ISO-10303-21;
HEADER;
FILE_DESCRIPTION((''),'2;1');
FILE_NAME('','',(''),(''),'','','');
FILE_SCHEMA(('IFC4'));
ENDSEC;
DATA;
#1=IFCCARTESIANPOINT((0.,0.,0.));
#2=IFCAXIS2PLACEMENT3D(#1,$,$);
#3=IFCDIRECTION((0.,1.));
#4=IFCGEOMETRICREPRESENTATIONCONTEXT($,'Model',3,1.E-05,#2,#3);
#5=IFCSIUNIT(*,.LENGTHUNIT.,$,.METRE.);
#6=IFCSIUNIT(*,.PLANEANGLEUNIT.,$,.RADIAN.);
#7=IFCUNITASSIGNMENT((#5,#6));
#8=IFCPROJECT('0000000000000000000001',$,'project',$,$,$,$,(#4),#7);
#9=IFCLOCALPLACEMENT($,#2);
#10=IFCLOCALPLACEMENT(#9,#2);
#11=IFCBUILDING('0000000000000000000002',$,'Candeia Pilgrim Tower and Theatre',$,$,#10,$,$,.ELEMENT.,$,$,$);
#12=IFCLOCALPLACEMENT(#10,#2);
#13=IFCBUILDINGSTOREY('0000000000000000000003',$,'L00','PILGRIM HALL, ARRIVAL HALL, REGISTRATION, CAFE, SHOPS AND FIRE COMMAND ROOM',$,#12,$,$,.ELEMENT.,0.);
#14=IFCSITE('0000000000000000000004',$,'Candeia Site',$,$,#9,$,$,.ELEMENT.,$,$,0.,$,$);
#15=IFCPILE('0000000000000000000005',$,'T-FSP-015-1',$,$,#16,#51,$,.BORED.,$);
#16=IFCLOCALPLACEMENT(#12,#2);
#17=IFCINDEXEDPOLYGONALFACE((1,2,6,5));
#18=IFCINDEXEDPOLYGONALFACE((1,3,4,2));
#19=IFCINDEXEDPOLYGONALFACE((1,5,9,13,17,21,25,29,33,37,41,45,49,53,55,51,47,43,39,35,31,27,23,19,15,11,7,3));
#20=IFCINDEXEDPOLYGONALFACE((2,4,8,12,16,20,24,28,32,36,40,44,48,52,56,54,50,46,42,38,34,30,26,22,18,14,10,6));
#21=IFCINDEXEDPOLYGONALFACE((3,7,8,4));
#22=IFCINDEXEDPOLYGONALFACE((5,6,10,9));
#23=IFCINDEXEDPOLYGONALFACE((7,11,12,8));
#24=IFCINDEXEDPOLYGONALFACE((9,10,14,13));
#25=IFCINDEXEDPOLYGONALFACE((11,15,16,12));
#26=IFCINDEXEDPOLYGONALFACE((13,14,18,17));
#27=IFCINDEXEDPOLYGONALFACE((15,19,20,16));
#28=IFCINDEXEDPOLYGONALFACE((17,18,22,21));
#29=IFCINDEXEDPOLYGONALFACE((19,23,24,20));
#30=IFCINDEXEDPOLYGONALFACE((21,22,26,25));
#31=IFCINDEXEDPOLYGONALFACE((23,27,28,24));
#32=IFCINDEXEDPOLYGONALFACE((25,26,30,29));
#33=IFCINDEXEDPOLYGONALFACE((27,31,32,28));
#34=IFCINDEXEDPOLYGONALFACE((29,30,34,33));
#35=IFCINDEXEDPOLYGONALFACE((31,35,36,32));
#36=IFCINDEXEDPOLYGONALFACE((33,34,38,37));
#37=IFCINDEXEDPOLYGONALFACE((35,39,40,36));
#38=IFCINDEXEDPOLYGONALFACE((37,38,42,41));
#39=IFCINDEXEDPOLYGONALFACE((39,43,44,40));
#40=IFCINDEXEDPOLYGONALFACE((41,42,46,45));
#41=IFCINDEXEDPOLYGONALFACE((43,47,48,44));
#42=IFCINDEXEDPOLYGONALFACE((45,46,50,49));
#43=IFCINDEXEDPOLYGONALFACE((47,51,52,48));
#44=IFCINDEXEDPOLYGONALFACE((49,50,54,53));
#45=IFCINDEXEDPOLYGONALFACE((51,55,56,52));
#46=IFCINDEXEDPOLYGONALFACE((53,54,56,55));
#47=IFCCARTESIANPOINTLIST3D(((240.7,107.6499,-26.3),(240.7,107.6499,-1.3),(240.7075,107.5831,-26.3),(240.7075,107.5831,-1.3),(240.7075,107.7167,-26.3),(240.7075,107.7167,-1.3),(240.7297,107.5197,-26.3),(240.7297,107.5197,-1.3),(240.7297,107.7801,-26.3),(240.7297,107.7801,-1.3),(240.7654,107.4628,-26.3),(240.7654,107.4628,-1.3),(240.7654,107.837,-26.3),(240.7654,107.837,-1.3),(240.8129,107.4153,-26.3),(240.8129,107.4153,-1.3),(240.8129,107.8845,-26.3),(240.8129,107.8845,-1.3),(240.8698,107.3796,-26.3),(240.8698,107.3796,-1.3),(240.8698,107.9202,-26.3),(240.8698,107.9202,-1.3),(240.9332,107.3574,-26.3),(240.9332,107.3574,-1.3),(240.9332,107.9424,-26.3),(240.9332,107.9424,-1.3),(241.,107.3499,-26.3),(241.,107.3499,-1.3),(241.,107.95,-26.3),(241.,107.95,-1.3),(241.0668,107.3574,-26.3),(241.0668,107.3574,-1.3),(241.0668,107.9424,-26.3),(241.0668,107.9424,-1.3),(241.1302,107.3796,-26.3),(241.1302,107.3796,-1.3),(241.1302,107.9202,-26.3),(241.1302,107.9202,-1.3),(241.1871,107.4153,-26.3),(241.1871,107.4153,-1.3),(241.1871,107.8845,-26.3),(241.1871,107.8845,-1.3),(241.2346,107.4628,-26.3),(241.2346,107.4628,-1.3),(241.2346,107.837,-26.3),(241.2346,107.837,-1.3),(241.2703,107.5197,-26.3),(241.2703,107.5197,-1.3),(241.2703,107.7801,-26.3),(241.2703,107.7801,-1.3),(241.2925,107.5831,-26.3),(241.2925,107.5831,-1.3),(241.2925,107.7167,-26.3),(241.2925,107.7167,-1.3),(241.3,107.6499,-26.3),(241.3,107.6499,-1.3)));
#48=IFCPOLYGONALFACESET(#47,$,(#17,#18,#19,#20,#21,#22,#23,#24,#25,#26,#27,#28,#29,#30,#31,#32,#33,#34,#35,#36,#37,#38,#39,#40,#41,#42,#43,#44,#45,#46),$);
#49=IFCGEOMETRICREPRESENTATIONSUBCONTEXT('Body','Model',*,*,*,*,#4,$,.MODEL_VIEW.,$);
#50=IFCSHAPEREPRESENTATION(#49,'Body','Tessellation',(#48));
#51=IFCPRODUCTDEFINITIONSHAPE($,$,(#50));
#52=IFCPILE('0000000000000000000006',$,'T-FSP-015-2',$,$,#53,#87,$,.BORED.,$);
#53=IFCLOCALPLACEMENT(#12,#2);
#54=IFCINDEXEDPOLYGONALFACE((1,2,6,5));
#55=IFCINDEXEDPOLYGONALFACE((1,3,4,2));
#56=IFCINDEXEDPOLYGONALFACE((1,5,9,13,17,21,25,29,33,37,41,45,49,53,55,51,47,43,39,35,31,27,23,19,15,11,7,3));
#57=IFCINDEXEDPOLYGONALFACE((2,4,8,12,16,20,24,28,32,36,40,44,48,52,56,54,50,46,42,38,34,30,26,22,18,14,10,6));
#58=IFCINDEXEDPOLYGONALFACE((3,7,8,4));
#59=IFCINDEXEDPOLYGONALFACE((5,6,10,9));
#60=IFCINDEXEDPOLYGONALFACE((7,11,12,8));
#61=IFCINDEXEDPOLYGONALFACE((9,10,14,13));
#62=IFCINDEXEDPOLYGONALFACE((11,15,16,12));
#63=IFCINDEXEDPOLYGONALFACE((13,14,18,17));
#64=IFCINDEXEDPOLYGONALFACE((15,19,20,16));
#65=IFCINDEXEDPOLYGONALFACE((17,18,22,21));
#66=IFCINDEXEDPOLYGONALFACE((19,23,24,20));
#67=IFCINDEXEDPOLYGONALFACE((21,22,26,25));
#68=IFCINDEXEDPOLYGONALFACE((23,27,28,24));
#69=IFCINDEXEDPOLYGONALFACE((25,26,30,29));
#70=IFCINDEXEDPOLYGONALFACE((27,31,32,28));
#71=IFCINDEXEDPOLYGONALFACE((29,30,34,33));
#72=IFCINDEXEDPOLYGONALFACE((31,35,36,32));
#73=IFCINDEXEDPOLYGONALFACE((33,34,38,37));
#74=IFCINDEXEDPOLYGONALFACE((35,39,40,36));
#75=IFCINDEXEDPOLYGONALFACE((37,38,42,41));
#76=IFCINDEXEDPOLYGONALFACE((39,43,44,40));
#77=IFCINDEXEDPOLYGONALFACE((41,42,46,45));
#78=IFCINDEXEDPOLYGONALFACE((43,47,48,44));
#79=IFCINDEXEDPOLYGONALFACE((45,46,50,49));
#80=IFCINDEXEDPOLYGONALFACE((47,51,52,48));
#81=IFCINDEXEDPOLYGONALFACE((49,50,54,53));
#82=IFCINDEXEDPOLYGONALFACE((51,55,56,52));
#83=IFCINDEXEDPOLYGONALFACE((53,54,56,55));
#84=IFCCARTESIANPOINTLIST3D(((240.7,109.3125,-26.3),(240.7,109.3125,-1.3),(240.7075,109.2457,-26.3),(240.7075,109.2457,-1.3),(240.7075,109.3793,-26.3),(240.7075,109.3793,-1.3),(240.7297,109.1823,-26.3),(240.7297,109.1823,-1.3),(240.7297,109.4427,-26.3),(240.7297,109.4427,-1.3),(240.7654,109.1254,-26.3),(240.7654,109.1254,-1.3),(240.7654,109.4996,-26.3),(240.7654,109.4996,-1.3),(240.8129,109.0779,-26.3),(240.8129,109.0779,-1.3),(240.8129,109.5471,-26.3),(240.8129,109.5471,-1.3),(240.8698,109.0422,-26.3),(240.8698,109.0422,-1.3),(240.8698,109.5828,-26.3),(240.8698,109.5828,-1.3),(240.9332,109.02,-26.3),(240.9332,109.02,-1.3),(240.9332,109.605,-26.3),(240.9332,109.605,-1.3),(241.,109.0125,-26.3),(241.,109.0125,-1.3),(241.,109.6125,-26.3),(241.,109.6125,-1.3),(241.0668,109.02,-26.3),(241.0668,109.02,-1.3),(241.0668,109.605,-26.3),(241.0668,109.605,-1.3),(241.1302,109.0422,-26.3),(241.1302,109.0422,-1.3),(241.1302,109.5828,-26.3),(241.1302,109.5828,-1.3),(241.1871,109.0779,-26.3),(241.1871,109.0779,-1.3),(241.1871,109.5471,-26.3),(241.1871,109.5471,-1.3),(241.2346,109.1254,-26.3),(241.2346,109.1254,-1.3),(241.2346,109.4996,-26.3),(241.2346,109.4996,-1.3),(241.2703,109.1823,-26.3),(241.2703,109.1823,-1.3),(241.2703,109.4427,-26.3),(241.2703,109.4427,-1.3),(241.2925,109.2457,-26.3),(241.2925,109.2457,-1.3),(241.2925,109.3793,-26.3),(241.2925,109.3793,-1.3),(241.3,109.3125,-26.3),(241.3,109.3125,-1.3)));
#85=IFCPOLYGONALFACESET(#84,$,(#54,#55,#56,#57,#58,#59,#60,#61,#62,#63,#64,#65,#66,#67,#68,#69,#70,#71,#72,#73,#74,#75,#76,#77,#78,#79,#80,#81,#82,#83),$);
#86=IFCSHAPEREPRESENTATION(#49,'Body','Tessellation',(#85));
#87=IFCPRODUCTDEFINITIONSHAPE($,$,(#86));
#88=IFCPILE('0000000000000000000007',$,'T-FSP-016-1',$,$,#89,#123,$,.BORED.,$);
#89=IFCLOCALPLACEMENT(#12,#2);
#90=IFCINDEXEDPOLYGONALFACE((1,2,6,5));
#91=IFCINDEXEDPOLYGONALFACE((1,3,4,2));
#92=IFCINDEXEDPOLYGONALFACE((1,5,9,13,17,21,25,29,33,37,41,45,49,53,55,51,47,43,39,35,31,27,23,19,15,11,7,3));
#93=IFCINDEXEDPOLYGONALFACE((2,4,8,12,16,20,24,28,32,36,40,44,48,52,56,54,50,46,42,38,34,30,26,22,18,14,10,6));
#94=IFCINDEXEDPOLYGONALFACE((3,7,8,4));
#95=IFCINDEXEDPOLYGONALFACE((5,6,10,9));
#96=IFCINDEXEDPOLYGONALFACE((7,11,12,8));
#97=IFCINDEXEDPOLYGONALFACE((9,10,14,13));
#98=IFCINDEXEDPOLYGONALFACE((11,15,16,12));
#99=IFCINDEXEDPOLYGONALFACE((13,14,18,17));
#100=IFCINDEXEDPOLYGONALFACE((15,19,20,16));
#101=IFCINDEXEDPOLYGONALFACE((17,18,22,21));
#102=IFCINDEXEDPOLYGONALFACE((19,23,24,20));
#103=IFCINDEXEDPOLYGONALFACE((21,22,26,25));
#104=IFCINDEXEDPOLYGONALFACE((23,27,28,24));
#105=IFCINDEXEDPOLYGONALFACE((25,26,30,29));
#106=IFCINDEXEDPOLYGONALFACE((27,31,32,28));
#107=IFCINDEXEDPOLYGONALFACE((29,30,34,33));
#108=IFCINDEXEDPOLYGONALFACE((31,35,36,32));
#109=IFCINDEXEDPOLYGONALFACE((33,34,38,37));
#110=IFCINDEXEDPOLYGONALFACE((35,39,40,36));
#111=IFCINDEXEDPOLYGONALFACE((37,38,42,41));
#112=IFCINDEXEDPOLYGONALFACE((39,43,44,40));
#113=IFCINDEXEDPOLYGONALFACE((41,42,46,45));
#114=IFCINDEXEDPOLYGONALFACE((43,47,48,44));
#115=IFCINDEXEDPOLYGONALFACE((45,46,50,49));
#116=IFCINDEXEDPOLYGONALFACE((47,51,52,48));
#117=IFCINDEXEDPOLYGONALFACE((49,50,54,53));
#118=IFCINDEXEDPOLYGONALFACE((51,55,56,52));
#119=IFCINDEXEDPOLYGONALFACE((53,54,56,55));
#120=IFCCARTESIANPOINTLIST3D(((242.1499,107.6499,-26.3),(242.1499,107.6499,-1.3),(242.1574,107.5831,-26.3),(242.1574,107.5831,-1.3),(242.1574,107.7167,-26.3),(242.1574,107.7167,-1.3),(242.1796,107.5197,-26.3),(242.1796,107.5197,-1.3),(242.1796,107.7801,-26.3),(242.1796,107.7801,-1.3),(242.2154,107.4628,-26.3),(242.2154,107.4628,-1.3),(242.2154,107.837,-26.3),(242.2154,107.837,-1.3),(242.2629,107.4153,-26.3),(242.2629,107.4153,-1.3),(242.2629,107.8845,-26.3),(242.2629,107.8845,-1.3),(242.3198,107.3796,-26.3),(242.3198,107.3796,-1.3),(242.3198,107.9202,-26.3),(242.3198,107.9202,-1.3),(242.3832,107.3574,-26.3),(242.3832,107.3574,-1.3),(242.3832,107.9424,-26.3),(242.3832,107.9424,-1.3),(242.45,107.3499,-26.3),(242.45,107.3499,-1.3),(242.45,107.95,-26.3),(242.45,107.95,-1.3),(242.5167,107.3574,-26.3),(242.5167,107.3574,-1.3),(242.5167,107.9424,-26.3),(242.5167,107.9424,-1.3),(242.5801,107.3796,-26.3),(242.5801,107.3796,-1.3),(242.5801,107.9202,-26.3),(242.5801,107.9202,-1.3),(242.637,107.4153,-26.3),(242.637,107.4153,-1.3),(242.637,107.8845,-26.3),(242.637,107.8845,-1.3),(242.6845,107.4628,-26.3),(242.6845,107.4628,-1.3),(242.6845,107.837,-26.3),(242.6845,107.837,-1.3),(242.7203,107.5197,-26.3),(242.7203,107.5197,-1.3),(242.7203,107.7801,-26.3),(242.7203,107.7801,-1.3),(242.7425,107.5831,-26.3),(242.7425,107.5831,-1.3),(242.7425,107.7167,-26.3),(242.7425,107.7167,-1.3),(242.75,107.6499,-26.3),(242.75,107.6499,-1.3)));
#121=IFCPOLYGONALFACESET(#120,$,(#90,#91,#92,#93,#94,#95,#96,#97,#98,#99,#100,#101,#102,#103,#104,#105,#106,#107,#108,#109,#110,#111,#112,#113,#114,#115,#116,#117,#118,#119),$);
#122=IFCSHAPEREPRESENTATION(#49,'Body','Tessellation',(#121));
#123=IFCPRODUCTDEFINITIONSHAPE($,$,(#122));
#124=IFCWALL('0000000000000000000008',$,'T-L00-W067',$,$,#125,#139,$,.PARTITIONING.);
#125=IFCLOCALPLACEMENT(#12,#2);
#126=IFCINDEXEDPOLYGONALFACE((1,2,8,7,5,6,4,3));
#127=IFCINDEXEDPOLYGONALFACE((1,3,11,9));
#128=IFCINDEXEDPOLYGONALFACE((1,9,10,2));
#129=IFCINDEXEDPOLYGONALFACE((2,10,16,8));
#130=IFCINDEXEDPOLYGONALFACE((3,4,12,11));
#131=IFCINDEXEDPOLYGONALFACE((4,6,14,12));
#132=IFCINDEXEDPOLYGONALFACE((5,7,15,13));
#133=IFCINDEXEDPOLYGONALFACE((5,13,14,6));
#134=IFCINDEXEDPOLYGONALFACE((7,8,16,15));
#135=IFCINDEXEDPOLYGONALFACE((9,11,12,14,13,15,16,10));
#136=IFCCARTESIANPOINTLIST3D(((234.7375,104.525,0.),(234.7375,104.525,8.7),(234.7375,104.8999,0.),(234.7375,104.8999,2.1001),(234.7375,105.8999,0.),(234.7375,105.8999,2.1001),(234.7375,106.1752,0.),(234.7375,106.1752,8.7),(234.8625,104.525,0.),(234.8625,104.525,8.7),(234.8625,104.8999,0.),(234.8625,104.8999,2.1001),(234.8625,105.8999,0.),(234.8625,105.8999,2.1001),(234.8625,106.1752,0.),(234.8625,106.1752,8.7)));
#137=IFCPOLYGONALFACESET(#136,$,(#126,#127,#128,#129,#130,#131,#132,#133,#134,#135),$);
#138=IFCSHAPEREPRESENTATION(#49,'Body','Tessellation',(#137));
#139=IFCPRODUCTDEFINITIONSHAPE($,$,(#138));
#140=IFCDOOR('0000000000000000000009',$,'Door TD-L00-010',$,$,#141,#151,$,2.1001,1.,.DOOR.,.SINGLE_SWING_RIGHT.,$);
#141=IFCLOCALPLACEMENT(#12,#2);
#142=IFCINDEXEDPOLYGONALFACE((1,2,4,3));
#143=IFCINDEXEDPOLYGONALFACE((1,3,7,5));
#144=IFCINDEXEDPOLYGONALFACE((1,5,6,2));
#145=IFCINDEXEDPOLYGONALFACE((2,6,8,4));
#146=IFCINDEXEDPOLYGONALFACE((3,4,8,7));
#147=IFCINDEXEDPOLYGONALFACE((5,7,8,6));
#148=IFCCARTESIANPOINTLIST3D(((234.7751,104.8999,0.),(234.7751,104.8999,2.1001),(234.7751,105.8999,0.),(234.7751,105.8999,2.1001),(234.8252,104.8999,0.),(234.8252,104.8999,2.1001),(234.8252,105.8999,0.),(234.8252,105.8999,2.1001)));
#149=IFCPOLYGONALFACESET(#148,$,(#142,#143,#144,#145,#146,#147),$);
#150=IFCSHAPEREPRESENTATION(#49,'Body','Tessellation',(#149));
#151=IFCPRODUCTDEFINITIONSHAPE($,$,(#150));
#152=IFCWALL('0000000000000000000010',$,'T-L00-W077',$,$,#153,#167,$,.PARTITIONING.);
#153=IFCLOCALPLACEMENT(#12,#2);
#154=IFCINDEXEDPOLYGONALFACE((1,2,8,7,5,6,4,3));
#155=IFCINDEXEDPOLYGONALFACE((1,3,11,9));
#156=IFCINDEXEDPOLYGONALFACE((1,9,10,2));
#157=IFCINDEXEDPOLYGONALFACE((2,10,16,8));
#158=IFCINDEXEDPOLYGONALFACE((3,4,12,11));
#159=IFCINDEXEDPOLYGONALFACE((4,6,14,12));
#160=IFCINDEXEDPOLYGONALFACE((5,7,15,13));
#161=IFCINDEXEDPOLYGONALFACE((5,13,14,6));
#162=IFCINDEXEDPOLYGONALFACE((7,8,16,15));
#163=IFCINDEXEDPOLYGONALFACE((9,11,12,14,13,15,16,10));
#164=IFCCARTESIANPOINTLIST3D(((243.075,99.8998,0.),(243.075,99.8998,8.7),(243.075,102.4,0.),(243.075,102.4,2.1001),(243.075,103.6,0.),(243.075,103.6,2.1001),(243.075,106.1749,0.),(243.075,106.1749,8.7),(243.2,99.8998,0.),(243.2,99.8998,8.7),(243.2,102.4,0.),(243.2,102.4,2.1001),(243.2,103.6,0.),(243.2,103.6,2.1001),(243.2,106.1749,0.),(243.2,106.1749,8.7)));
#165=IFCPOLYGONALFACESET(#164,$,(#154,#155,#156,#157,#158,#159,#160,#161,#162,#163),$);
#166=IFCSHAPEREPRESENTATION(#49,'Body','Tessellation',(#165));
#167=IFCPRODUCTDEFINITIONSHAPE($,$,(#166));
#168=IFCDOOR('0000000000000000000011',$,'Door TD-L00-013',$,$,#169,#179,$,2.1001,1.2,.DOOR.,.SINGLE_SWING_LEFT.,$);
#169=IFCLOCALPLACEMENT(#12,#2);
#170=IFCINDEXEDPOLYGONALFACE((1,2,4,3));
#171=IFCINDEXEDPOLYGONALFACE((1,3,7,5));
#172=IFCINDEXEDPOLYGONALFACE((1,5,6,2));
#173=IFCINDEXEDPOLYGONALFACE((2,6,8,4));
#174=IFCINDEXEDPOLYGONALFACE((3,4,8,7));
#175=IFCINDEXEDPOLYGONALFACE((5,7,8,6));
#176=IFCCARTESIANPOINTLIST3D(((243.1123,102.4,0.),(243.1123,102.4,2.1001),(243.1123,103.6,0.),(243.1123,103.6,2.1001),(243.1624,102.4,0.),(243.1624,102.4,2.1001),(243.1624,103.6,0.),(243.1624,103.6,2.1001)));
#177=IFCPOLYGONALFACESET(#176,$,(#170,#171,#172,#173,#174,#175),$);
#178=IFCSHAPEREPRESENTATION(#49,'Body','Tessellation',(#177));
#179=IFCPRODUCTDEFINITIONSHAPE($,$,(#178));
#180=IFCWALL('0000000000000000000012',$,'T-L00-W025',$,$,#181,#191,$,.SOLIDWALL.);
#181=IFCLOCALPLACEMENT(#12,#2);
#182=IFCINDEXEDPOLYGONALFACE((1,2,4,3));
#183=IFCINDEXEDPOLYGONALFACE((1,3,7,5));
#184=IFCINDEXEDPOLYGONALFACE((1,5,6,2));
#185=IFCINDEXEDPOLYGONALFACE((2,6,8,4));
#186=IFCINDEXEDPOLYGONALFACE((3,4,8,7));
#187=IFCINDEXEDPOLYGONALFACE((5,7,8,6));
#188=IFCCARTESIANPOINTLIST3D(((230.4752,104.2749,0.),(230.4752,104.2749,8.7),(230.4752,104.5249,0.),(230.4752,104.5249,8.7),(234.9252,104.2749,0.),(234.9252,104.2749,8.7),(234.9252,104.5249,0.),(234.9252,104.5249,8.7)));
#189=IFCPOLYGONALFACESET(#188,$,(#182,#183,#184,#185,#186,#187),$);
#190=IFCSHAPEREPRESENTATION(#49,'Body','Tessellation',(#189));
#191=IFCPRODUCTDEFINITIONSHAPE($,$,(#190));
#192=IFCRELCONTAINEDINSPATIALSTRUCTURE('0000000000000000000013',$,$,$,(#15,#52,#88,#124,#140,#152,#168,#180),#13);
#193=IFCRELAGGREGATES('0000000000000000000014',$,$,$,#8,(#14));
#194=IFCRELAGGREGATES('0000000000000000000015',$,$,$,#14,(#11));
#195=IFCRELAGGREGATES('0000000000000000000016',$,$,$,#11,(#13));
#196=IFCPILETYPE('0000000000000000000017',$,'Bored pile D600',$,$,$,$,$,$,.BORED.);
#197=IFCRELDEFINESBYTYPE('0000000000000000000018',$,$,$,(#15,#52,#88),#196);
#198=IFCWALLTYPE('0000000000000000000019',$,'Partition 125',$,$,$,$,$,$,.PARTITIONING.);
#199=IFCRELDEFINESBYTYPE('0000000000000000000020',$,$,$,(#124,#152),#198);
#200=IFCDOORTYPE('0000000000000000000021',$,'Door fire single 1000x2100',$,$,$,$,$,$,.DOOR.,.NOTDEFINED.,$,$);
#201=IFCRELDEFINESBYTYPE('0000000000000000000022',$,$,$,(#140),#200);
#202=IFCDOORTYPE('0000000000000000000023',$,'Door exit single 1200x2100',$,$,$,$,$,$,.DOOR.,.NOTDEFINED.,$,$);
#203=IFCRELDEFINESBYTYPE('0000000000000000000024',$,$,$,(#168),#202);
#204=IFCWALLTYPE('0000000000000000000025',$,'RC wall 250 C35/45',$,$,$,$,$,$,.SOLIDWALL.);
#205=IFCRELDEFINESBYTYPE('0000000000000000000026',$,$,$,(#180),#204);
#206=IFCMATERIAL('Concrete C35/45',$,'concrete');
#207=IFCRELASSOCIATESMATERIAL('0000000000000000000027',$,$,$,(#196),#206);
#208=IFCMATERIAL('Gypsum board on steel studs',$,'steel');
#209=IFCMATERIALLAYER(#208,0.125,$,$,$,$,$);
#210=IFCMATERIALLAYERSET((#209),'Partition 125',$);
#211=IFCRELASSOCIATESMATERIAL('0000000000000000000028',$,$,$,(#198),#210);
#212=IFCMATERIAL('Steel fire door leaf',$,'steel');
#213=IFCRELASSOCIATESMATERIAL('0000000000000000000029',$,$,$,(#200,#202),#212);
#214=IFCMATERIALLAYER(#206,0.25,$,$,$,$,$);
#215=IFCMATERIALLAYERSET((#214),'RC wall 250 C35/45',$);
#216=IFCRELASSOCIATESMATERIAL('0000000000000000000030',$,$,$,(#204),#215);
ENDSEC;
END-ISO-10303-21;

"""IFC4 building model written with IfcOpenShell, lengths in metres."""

from ifc_helpers import new_model, si_unit, direction, frame, frame_2d, origin, origin_2d, place, context, subcontext, project, spatial, rectangle, circle, extrude, material, layer, layer_set, type_object, element, fill, save


model = new_model("IFC4")

# Units and contexts
model_context = context("Model", 3, precision=1e-05, world=origin(), true_north=direction((0.0, 1.0)))
body_context = subcontext(model_context, "Body", "Model", "MODEL_VIEW")
ifc_project = project(units=[si_unit("LENGTHUNIT", "METRE"), si_unit("PLANEANGLEUNIT", "RADIAN")], contexts=[model_context])

# Site, building, storey
site_placement = place(None, origin())
site = spatial("IfcSite", under=ifc_project, at=site_placement, Name="Candeia Site", CompositionType="ELEMENT", RefElevation=0.0)
building_placement = place(site_placement, origin())
building = spatial("IfcBuilding", under=site, at=building_placement, Name="Candeia Pilgrim Tower and Theatre", CompositionType="ELEMENT")
storey_placement = place(building_placement, origin())
storey = spatial("IfcBuildingStorey", under=building, at=storey_placement, Name="L00", Description="PILGRIM HALL, ARRIVAL HALL, REGISTRATION, CAFE, SHOPS AND FIRE COMMAND ROOM", CompositionType="ELEMENT", Elevation=0.0)

# Piles
ifc_material_1 = material(Name="Concrete C35/45", Category="concrete")
pile_type = type_object("IfcPileType", Name="Bored pile D600", PredefinedType="BORED", material=ifc_material_1)
for number, where, z_axis, x_axis, name in (
    (1, (241.0, 107.6499, -1.3), (0.0, 0.0, -1.0), (1.0, 0.0, 0.0), "T-FSP-015-1"),
    (2, (241.0, 109.3125, -1.3), (0.0, 0.0, -1.0), (1.0, 0.0, 0.0), "T-FSP-015-2"),
    (3, (242.45, 107.6499, -1.3), (0.0, 0.0, -1.0), (1.0, 0.0, 0.0), "T-FSP-016-1"),
):
    element("IfcPile", number, at=place(storey_placement, frame(where, z_axis=z_axis, x_axis=x_axis)), inside=storey, type_object=pile_type, Name=name, PredefinedType="BORED", context=body_context, shape_type="SweptSolid", body=[
        extrude(circle(Radius=0.3, at=origin_2d()), origin(), (0.0, 0.0, 1.0), 25.0),
    ])

# Walls, openings, doors
ifc_material_2 = material(Name="Gypsum board on steel studs", Category="steel")
ifc_layer_1 = layer(ifc_material_2, 0.125)
ifc_layer_set_1 = layer_set([ifc_layer_1], Name="Partition 125")
wall_type_1 = type_object("IfcWallType", Name="Partition 125", PredefinedType="PARTITIONING", material=ifc_layer_set_1)
wall_1_placement = place(storey_placement, frame((234.8, 104.5249, 0.0), z_axis=(0.0, 0.0, 1.0), x_axis=(0.0, 1.0, 0.0)))
wall_1 = element("IfcWall", 4, at=wall_1_placement, inside=storey, type_object=wall_type_1, Name="T-L00-W067", PredefinedType="PARTITIONING", context=body_context, shape_type="SweptSolid", body=[
    extrude(rectangle(XDim=1.6501, YDim=0.125, at=frame_2d((0.8252, 0.0))), origin(), (0.0, 0.0, 1.0), 8.7),
])
opening_1_placement = place(wall_1_placement, frame((0.375, 0.0, 0.0)))
opening_1 = element("IfcOpeningElement", 5, at=opening_1_placement, cuts=wall_1, PredefinedType="OPENING", context=body_context, shape_type="SweptSolid", body=[
    extrude(rectangle(XDim=1.0, YDim=2.1001, at=frame_2d((0.5, 1.05))), frame((0.0, 0.0725, 0.0), z_axis=(0.0, -1.0, 0.0), x_axis=(1.0, 0.0, 0.0)), (0.0, 0.0, 1.0), 0.145),
])
ifc_material_3 = material(Name="Steel fire door leaf", Category="steel")
door_type_1 = type_object("IfcDoorType", Name="Door fire single 1000x2100", OperationType="NOTDEFINED", PredefinedType="DOOR", material=ifc_material_3)
door_1_placement = place(opening_1_placement, origin())
door_1 = element("IfcDoor", 6, at=door_1_placement, inside=storey, type_object=door_type_1, Name="Door TD-L00-010", OperationType="SINGLE_SWING_RIGHT", OverallHeight=2.1001, OverallWidth=1.0, PredefinedType="DOOR", context=body_context, shape_type="SweptSolid", body=[
    extrude(rectangle(XDim=1.0, YDim=2.1001, at=frame_2d((0.5, 1.05))), frame((0.0, 0.0249, 0.0), z_axis=(0.0, -1.0, 0.0), x_axis=(1.0, 0.0, 0.0)), (0.0, 0.0, 1.0), 0.05),
])
fill(opening_1, door_1)
wall_2_placement = place(storey_placement, frame((243.1375, 106.175, 0.0), z_axis=(0.0, 0.0, 1.0), x_axis=(0.0, -1.0, 0.0)))
wall_2 = element("IfcWall", 7, at=wall_2_placement, inside=storey, type_object=wall_type_1, Name="T-L00-W077", PredefinedType="PARTITIONING", context=body_context, shape_type="SweptSolid", body=[
    extrude(rectangle(XDim=6.2751, YDim=0.125, at=frame_2d((3.1377, 0.0))), origin(), (0.0, 0.0, 1.0), 8.7),
])
opening_2_placement = place(wall_2_placement, frame((2.575, 0.0, 0.0)))
opening_2 = element("IfcOpeningElement", 8, at=opening_2_placement, cuts=wall_2, PredefinedType="OPENING", context=body_context, shape_type="SweptSolid", body=[
    extrude(rectangle(XDim=1.2, YDim=2.1001, at=frame_2d((0.6001, 1.05))), frame((0.0, 0.0725, 0.0), z_axis=(0.0, -1.0, 0.0), x_axis=(1.0, 0.0, 0.0)), (0.0, 0.0, 1.0), 0.145),
])
door_type_2 = type_object("IfcDoorType", Name="Door exit single 1200x2100", OperationType="NOTDEFINED", PredefinedType="DOOR", material=ifc_material_3)
door_2_placement = place(opening_2_placement, origin())
door_2 = element("IfcDoor", 9, at=door_2_placement, inside=storey, type_object=door_type_2, Name="Door TD-L00-013", OperationType="SINGLE_SWING_LEFT", OverallHeight=2.1001, OverallWidth=1.2, PredefinedType="DOOR", context=body_context, shape_type="SweptSolid", body=[
    extrude(rectangle(XDim=1.2, YDim=2.1001, at=frame_2d((0.6001, 1.05))), frame((0.0, 0.0249, 0.0), z_axis=(0.0, -1.0, 0.0), x_axis=(1.0, 0.0, 0.0)), (0.0, 0.0, 1.0), 0.05),
])
fill(opening_2, door_2)

# Wall
ifc_layer_2 = layer(ifc_material_1, 0.25)
ifc_layer_set_2 = layer_set([ifc_layer_2], Name="RC wall 250 C35/45")
wall_type_2 = type_object("IfcWallType", Name="RC wall 250 C35/45", PredefinedType="SOLIDWALL", material=ifc_layer_set_2)
wall_3_placement = place(storey_placement, frame((230.4751, 104.3999, 0.0), z_axis=(0.0, 0.0, 1.0), x_axis=(1.0, 0.0, 0.0)))
element("IfcWall", 10, at=wall_3_placement, inside=storey, type_object=wall_type_2, Name="T-L00-W025", PredefinedType="SOLIDWALL", context=body_context, shape_type="SweptSolid", body=[
    extrude(rectangle(XDim=4.45, YDim=0.25, at=frame_2d((2.2251, 0.0))), origin(), (0.0, 0.0, 1.0), 8.7),
])

save(model, "model.ifc")
